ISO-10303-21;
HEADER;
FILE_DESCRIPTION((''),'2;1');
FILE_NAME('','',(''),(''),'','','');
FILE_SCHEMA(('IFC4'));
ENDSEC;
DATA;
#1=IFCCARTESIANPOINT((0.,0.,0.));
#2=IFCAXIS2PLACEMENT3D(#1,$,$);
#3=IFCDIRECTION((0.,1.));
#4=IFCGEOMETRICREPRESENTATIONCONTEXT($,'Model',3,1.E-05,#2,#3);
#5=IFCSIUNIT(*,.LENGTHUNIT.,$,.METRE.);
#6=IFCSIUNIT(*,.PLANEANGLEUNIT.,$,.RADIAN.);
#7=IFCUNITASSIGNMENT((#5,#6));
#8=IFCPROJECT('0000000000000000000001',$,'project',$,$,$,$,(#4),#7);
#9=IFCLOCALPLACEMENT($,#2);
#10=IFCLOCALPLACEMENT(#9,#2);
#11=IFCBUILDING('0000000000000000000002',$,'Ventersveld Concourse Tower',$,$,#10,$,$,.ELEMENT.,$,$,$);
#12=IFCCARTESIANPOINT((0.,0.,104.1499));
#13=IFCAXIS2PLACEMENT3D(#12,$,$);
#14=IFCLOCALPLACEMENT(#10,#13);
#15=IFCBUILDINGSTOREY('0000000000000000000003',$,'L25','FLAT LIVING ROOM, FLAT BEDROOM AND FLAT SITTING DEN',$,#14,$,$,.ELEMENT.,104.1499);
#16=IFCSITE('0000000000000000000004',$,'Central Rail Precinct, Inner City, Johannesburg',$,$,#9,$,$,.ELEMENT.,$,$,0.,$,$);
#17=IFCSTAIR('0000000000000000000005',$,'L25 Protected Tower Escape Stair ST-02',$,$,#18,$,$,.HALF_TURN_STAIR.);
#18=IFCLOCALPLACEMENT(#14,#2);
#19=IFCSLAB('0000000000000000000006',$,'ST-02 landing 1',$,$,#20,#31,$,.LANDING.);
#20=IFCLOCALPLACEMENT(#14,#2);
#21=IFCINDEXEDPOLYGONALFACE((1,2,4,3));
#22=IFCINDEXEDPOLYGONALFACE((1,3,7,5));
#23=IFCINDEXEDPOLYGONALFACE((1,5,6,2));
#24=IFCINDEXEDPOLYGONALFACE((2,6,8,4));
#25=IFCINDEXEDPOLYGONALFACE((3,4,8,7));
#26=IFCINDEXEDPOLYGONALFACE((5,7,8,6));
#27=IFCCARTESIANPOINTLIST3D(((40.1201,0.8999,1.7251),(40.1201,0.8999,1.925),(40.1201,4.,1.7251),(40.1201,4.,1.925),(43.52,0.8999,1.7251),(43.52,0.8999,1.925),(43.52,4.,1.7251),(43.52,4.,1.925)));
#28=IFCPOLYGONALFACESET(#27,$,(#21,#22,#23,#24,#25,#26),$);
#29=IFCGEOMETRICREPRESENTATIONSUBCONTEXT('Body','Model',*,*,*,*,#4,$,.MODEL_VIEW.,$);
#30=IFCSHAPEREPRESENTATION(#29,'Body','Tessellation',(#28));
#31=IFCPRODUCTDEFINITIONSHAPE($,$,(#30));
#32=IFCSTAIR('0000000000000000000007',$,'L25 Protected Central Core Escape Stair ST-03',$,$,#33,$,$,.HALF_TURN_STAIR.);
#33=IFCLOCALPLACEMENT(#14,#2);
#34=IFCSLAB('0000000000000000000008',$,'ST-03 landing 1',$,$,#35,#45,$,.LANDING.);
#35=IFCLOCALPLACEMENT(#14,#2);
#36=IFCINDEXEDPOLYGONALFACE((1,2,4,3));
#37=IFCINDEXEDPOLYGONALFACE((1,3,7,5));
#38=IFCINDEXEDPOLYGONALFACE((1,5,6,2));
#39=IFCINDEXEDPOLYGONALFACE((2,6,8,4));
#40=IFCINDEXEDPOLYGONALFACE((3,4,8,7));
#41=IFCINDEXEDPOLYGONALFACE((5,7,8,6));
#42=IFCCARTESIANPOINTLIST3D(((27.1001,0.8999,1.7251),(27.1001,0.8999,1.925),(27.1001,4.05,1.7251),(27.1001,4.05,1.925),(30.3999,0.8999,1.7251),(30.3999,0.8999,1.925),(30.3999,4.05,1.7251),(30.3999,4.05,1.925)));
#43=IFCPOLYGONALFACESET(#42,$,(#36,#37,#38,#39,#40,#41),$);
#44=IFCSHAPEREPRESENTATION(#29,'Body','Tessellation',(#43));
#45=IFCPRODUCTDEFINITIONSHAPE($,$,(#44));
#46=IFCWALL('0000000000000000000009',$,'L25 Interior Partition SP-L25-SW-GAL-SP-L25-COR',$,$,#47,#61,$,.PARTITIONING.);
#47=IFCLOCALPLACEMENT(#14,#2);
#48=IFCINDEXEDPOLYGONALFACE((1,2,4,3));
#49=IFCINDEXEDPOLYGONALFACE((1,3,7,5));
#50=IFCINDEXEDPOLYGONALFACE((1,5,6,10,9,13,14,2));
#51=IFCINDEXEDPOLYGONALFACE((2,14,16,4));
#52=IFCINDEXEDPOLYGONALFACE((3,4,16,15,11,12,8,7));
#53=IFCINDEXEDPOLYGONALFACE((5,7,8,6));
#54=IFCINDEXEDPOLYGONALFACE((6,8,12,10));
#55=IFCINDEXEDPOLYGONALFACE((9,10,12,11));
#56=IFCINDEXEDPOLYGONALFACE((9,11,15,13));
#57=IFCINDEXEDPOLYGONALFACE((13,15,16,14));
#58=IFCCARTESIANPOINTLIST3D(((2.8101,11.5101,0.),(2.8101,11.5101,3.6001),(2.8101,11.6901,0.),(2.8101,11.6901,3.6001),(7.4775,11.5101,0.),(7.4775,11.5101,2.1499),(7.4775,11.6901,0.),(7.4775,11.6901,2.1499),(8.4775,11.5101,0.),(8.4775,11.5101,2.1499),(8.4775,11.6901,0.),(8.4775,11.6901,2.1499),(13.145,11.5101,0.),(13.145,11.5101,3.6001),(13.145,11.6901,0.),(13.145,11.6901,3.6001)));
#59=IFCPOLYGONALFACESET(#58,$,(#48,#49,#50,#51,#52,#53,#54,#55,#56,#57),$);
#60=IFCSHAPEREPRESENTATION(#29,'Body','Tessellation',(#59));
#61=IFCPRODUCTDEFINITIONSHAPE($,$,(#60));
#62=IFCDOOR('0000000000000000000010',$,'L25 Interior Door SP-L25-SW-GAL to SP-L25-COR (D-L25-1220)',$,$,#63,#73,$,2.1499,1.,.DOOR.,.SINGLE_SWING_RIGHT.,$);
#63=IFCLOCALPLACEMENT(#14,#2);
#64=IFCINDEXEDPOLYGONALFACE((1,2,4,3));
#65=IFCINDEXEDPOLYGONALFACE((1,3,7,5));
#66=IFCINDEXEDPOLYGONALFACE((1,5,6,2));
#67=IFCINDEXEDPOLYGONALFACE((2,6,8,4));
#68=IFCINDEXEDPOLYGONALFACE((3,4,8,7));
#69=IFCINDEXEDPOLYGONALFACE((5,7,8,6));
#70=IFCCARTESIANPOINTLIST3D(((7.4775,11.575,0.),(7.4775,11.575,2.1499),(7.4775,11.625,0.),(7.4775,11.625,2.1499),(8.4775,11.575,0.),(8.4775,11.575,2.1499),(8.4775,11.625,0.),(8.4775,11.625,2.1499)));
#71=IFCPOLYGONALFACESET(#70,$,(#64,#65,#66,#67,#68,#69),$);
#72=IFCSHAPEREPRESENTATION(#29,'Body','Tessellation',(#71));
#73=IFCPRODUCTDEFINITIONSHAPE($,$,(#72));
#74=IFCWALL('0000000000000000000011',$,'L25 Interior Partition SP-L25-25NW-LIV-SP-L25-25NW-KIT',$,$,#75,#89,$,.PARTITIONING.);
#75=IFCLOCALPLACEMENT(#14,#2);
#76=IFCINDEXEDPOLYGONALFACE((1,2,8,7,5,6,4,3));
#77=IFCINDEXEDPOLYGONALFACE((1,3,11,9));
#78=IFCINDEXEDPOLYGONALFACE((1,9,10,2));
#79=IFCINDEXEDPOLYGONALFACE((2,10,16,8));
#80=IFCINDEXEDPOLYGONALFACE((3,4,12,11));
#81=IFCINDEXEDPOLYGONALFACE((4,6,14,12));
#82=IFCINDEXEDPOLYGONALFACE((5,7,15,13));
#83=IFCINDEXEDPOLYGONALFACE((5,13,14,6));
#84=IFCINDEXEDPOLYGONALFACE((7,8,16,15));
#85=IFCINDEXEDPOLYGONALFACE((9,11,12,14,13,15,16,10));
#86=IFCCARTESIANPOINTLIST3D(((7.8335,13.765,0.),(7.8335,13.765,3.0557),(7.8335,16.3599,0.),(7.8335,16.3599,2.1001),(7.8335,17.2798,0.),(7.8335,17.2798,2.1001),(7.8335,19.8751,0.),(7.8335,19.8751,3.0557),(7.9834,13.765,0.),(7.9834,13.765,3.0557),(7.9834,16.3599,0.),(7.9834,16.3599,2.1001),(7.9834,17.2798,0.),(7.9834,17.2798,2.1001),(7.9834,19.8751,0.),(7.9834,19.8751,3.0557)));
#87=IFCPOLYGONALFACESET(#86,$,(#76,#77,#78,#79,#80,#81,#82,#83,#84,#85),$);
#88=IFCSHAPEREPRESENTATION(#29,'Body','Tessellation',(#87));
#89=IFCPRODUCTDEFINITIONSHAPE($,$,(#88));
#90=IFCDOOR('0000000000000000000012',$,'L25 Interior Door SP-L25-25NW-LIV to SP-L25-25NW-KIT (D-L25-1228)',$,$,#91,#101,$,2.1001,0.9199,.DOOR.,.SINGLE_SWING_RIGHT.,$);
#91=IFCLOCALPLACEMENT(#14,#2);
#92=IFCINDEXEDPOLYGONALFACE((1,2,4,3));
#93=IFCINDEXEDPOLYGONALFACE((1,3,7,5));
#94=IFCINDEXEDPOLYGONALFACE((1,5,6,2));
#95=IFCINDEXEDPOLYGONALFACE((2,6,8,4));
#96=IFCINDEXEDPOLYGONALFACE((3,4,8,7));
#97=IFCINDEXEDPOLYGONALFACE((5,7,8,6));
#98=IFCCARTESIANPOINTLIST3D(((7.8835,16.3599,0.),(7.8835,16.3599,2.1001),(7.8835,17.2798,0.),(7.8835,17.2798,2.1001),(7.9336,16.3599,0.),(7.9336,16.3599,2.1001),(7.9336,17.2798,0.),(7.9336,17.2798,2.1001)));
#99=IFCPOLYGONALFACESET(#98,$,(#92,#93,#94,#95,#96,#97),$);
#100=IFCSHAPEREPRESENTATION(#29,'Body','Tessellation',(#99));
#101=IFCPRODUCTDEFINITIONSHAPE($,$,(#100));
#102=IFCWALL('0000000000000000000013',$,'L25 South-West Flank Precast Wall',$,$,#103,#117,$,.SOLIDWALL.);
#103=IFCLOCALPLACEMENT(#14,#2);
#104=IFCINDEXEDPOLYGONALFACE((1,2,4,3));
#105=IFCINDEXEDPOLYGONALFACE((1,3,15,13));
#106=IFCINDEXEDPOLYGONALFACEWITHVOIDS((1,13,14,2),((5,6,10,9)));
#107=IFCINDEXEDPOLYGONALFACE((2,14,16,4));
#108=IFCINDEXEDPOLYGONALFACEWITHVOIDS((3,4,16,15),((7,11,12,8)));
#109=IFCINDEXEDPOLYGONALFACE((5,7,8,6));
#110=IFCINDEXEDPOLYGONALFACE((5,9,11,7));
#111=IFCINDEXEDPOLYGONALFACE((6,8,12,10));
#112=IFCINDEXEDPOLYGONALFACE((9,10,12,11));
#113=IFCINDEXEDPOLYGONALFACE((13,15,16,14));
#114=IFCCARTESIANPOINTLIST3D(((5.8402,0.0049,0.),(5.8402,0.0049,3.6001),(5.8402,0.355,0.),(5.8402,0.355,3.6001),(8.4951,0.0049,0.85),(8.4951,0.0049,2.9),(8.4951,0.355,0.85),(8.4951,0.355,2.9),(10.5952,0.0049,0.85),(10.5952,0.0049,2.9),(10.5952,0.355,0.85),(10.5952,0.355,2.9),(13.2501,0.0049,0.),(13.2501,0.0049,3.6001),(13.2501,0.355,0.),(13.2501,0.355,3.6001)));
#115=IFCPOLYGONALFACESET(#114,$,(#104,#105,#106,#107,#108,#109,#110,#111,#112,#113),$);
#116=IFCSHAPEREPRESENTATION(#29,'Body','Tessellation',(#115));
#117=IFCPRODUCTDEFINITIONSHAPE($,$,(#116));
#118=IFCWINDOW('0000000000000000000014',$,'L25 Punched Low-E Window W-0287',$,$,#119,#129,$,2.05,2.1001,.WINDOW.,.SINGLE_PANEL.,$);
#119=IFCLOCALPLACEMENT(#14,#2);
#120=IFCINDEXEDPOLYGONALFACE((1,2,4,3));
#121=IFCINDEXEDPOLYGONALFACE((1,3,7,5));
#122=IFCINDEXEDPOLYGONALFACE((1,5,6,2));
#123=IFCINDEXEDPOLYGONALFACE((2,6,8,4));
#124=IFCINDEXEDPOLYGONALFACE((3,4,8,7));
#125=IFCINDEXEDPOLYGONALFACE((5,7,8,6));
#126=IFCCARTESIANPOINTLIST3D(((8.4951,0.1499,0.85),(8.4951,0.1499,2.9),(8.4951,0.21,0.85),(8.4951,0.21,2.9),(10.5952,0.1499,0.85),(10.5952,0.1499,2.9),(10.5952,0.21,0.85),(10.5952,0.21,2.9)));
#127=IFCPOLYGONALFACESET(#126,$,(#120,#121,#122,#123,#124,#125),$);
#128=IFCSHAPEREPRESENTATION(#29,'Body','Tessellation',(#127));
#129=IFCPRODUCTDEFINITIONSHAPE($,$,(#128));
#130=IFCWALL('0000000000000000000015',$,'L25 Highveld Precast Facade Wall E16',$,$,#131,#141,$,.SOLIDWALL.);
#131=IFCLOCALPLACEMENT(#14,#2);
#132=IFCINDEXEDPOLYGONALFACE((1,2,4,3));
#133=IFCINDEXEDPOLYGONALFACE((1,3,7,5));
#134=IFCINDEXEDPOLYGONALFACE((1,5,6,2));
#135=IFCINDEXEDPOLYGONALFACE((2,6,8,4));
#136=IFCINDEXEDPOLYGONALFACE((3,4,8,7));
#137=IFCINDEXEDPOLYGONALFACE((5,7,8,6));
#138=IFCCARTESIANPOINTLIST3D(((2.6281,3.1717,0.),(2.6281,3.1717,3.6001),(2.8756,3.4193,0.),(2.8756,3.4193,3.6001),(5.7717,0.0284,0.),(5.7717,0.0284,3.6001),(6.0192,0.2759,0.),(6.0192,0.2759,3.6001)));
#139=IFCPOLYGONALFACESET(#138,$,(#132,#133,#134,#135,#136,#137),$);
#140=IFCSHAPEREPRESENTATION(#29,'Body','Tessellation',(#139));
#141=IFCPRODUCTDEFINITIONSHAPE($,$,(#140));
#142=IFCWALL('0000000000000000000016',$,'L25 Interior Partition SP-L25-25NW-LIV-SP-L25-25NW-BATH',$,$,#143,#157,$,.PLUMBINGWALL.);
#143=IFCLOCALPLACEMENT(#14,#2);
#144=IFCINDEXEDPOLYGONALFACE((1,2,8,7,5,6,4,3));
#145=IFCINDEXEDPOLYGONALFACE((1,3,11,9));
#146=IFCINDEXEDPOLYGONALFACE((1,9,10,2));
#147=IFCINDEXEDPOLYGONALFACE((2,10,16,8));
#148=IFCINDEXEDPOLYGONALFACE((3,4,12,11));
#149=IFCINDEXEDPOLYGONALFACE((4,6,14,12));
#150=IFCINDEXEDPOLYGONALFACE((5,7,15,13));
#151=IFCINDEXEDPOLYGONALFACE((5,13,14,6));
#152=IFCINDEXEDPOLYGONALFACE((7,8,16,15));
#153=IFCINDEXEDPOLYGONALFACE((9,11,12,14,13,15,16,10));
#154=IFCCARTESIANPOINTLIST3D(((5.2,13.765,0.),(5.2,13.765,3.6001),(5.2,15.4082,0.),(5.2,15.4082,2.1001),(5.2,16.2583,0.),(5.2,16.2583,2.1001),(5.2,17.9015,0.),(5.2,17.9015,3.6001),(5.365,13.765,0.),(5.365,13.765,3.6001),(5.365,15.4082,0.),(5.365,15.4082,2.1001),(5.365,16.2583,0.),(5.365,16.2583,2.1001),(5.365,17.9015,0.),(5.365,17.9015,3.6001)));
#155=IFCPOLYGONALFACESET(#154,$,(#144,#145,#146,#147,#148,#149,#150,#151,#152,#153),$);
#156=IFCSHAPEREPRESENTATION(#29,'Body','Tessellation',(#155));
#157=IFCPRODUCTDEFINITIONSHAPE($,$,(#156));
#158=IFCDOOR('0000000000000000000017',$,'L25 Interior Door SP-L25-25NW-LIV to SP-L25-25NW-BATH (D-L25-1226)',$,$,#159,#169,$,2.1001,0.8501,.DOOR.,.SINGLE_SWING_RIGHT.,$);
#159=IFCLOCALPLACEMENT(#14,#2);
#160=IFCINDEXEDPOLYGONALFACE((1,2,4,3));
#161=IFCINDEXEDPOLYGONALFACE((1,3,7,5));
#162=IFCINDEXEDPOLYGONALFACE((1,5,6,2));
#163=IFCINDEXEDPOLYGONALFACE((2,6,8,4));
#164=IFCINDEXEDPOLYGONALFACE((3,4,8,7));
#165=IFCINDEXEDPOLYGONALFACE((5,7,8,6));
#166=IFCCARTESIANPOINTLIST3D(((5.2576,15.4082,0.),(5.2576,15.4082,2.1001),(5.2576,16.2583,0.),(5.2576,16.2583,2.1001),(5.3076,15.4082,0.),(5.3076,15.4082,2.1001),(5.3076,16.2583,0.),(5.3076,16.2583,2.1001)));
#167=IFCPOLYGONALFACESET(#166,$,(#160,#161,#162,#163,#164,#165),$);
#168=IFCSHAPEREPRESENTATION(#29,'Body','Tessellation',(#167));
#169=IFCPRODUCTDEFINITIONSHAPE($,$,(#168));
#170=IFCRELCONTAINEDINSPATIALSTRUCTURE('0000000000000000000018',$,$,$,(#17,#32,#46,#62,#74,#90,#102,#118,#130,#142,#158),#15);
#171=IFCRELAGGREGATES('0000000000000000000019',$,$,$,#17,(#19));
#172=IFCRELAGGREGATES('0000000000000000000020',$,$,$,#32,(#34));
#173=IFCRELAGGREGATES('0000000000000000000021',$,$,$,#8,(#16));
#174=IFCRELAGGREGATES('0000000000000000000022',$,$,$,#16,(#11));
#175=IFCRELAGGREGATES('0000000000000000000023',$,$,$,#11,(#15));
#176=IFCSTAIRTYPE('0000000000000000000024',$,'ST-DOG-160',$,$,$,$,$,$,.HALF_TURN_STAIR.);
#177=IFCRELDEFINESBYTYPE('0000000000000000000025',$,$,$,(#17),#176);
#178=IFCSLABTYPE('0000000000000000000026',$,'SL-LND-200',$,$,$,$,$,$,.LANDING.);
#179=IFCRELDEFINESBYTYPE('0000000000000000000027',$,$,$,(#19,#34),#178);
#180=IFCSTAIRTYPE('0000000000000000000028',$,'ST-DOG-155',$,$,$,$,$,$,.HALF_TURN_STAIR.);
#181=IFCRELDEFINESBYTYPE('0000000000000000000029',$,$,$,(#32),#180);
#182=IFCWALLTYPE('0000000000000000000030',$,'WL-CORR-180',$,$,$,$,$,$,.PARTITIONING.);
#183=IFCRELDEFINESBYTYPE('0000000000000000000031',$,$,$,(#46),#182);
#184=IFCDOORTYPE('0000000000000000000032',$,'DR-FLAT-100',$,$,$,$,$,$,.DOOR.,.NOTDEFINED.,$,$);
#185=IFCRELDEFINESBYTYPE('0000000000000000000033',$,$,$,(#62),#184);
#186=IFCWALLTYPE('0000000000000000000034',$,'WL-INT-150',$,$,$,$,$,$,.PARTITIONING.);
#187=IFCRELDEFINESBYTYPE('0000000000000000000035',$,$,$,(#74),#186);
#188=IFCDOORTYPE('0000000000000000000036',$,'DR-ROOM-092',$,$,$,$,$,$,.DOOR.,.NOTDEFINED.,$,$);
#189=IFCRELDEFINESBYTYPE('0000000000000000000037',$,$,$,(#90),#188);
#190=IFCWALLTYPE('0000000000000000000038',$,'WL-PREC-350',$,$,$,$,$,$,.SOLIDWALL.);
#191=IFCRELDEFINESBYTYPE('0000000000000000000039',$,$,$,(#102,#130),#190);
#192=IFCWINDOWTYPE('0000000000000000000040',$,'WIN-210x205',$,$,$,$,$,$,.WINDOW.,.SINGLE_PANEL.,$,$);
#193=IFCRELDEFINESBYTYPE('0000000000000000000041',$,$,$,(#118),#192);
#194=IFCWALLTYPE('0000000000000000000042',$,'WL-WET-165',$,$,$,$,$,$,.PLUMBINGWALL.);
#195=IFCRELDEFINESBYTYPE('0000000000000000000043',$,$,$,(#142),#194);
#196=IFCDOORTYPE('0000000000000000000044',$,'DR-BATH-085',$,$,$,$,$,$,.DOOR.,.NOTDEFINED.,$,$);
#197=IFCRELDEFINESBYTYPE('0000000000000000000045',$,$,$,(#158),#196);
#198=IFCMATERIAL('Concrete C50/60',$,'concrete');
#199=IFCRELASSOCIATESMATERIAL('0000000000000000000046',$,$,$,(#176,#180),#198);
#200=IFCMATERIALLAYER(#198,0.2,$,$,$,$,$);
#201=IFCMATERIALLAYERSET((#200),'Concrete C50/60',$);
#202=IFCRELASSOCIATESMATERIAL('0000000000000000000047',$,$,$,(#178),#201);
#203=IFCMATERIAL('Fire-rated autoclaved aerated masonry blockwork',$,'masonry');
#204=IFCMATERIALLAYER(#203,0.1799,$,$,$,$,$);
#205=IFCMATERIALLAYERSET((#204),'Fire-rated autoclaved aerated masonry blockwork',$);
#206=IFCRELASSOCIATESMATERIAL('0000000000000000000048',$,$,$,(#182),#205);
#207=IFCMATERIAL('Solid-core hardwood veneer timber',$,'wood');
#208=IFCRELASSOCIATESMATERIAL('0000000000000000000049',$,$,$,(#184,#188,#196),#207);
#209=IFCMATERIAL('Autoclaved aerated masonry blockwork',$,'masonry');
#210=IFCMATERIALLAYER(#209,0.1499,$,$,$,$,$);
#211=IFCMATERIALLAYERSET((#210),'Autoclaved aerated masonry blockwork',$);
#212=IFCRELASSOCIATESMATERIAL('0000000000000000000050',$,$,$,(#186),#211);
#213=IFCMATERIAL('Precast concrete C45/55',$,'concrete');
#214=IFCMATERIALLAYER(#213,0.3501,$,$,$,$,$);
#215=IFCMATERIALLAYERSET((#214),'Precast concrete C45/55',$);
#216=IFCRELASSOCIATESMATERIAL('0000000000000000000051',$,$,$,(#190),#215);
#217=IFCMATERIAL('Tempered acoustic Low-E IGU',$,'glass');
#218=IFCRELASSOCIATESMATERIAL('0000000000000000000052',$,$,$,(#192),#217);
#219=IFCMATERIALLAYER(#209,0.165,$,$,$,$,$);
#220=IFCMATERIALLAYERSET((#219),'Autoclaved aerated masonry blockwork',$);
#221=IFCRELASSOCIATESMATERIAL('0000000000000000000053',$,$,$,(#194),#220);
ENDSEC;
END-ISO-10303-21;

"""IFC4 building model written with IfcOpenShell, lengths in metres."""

from ifc_helpers import new_model, si_unit, direction, frame, frame_2d, origin, place, context, subcontext, project, spatial, polyline, rectangle, outline, extrude, material, layer, layer_set, type_object, element, fill, aggregate, save


model = new_model("IFC4")

# Units and contexts
model_context = context("Model", 3, precision=1e-05, world=origin(), true_north=direction((0.0, 1.0)))
body_context = subcontext(model_context, "Body", "Model", "MODEL_VIEW")
ifc_project = project(units=[si_unit("LENGTHUNIT", "METRE"), si_unit("PLANEANGLEUNIT", "RADIAN")], contexts=[model_context])

# Site, building, storey
site_placement = place(None, origin())
site = spatial("IfcSite", under=ifc_project, at=site_placement, Name="Central Rail Precinct, Inner City, Johannesburg", CompositionType="ELEMENT", RefElevation=0.0)
building_placement = place(site_placement, origin())
building = spatial("IfcBuilding", under=site, at=building_placement, Name="Ventersveld Concourse Tower", CompositionType="ELEMENT")
storey_placement = place(building_placement, frame((0.0, 0.0, 104.1499)))
storey = spatial("IfcBuildingStorey", under=building, at=storey_placement, Name="L25", Description="FLAT LIVING ROOM, FLAT BEDROOM AND FLAT SITTING DEN", CompositionType="ELEMENT", Elevation=104.1499)

# Shared definitions
ifc_material_1 = material(Name="Concrete C50/60", Category="concrete")

# Stairs, slabs
stair_type_1 = type_object("IfcStairType", Name="ST-DOG-160", PredefinedType="HALF_TURN_STAIR", material=ifc_material_1)
ifc_layer_1 = layer(ifc_material_1, 0.2)
ifc_layer_set_1 = layer_set([ifc_layer_1], Name="Concrete C50/60")
slab_type_1 = type_object("IfcSlabType", Name="SL-LND-200", PredefinedType="LANDING", material=ifc_layer_set_1)
stair_1_placement = place(storey_placement, origin())
stair_1 = element("IfcStair", 1, at=stair_1_placement, inside=storey, type_object=stair_type_1, Name="L25 Protected Tower Escape Stair ST-02", PredefinedType="HALF_TURN_STAIR")
slab_1_placement = place(storey_placement, frame((0.0, 0.0, 1.7251)))
slab_1 = element("IfcSlab", 2, at=slab_1_placement, type_object=slab_type_1, Name="ST-02 landing 1", PredefinedType="LANDING", context=body_context, shape_type="SweptSolid", body=[
    extrude(outline(polyline([(40.1201, 4.0), (40.1201, 0.8999), (43.52, 0.8999), (43.52, 4.0), (40.1201, 4.0)])), origin(), (0.0, 0.0, 1.0), 0.2),
])
aggregate(stair_1, [slab_1])
stair_type_2 = type_object("IfcStairType", Name="ST-DOG-155", PredefinedType="HALF_TURN_STAIR", material=ifc_material_1)
stair_2_placement = place(storey_placement, origin())
stair_2 = element("IfcStair", 3, at=stair_2_placement, inside=storey, type_object=stair_type_2, Name="L25 Protected Central Core Escape Stair ST-03", PredefinedType="HALF_TURN_STAIR")
slab_2_placement = place(storey_placement, frame((0.0, 0.0, 1.7251)))
slab_2 = element("IfcSlab", 4, at=slab_2_placement, type_object=slab_type_1, Name="ST-03 landing 1", PredefinedType="LANDING", context=body_context, shape_type="SweptSolid", body=[
    extrude(outline(polyline([(27.1001, 4.05), (27.1001, 0.8999), (30.3999, 0.8999), (30.3999, 4.05), (27.1001, 4.05)])), origin(), (0.0, 0.0, 1.0), 0.2),
])
aggregate(stair_2, [slab_2])

# Walls, openings, doors
ifc_material_2 = material(Name="Fire-rated autoclaved aerated masonry blockwork", Category="masonry")
ifc_layer_2 = layer(ifc_material_2, 0.1799)
ifc_layer_set_2 = layer_set([ifc_layer_2], Name="Fire-rated autoclaved aerated masonry blockwork")
wall_type_1 = type_object("IfcWallType", Name="WL-CORR-180", PredefinedType="PARTITIONING", material=ifc_layer_set_2)
wall_1_placement = place(storey_placement, frame((2.8101, 11.6001, 0.0), z_axis=(0.0, 0.0, 1.0), x_axis=(1.0, 0.0, 0.0)))
wall_1 = element("IfcWall", 5, at=wall_1_placement, inside=storey, type_object=wall_type_1, Name="L25 Interior Partition SP-L25-SW-GAL-SP-L25-COR", PredefinedType="PARTITIONING", context=body_context, shape_type="SweptSolid", body=[
    extrude(rectangle(XDim=10.335, YDim=0.1799, at=frame_2d((5.1675, 0.0))), origin(), (0.0, 0.0, 1.0), 3.6001),
])
opening_1_placement = place(wall_1_placement, frame((4.6675, 0.0, 0.0)))
opening_1 = element("IfcOpeningElement", 6, at=opening_1_placement, cuts=wall_1, PredefinedType="OPENING", context=body_context, shape_type="SweptSolid", body=[
    extrude(rectangle(XDim=1.0, YDim=2.1499, at=frame_2d((0.5, 1.075))), frame((0.0, 0.1001, 0.0), z_axis=(0.0, -1.0, 0.0), x_axis=(1.0, 0.0, 0.0)), (0.0, 0.0, 1.0), 0.2),
])
ifc_material_3 = material(Name="Solid-core hardwood veneer timber", Category="wood")
door_type_1 = type_object("IfcDoorType", Name="DR-FLAT-100", OperationType="NOTDEFINED", PredefinedType="DOOR", material=ifc_material_3)
door_1_placement = place(opening_1_placement, origin())
door_1 = element("IfcDoor", 7, at=door_1_placement, inside=storey, type_object=door_type_1, Name="L25 Interior Door SP-L25-SW-GAL to SP-L25-COR (D-L25-1220)", OperationType="SINGLE_SWING_RIGHT", OverallHeight=2.1499, OverallWidth=1.0, PredefinedType="DOOR", context=body_context, shape_type="SweptSolid", body=[
    extrude(rectangle(XDim=1.0, YDim=2.1499, at=frame_2d((0.5, 1.075))), frame((0.0, 0.0249, 0.0), z_axis=(0.0, -1.0, 0.0), x_axis=(1.0, 0.0, 0.0)), (0.0, 0.0, 1.0), 0.05),
])
fill(opening_1, door_1)
ifc_material_4 = material(Name="Autoclaved aerated masonry blockwork", Category="masonry")
ifc_layer_3 = layer(ifc_material_4, 0.1499)
ifc_layer_set_3 = layer_set([ifc_layer_3], Name="Autoclaved aerated masonry blockwork")
wall_type_2 = type_object("IfcWallType", Name="WL-INT-150", PredefinedType="PARTITIONING", material=ifc_layer_set_3)
wall_2_placement = place(storey_placement, frame((7.9084, 13.7649, 0.0), z_axis=(0.0, 0.0, 1.0), x_axis=(0.0, 1.0, 0.0)))
wall_2 = element("IfcWall", 8, at=wall_2_placement, inside=storey, type_object=wall_type_2, Name="L25 Interior Partition SP-L25-25NW-LIV-SP-L25-25NW-KIT", PredefinedType="PARTITIONING", context=body_context, shape_type="SweptSolid", body=[
    extrude(rectangle(XDim=6.1101, YDim=0.1499, at=frame_2d((3.0552, 0.0))), origin(), (0.0, 0.0, 1.0), 3.0557),
])
opening_2_placement = place(wall_2_placement, frame((2.595, 0.0, 0.0)))
opening_2 = element("IfcOpeningElement", 9, at=opening_2_placement, cuts=wall_2, PredefinedType="OPENING", context=body_context, shape_type="SweptSolid", body=[
    extrude(rectangle(XDim=0.9199, YDim=2.1001, at=frame_2d((0.46, 1.05))), frame((0.0, 0.085, 0.0), z_axis=(0.0, -1.0, 0.0), x_axis=(1.0, 0.0, 0.0)), (0.0, 0.0, 1.0), 0.1699),
])
door_type_2 = type_object("IfcDoorType", Name="DR-ROOM-092", OperationType="NOTDEFINED", PredefinedType="DOOR", material=ifc_material_3)
door_2_placement = place(opening_2_placement, origin())
door_2 = element("IfcDoor", 10, at=door_2_placement, inside=storey, type_object=door_type_2, Name="L25 Interior Door SP-L25-25NW-LIV to SP-L25-25NW-KIT (D-L25-1228)", OperationType="SINGLE_SWING_RIGHT", OverallHeight=2.1001, OverallWidth=0.9199, PredefinedType="DOOR", context=body_context, shape_type="SweptSolid", body=[
    extrude(rectangle(XDim=0.9199, YDim=2.1001, at=frame_2d((0.46, 1.05))), frame((0.0, 0.0249, 0.0), z_axis=(0.0, -1.0, 0.0), x_axis=(1.0, 0.0, 0.0)), (0.0, 0.0, 1.0), 0.05),
])
fill(opening_2, door_2)

# Wall, opening, window
ifc_material_5 = material(Name="Precast concrete C45/55", Category="concrete")
ifc_layer_4 = layer(ifc_material_5, 0.3501)
ifc_layer_set_4 = layer_set([ifc_layer_4], Name="Precast concrete C45/55")
wall_type_3 = type_object("IfcWallType", Name="WL-PREC-350", PredefinedType="SOLIDWALL", material=ifc_layer_set_4)
wall_3_placement = place(storey_placement, frame((5.8401, 0.1799, 0.0), z_axis=(0.0, 0.0, 1.0), x_axis=(1.0, 0.0, 0.0)))
wall_3 = element("IfcWall", 11, at=wall_3_placement, inside=storey, type_object=wall_type_3, Name="L25 South-West Flank Precast Wall", PredefinedType="SOLIDWALL", context=body_context, shape_type="SweptSolid", body=[
    extrude(rectangle(XDim=7.4099, YDim=0.3501, at=frame_2d((3.7051, 0.0))), origin(), (0.0, 0.0, 1.0), 3.6001),
])
opening_3_placement = place(wall_3_placement, frame((2.655, 0.0, 0.8501)))
opening_3 = element("IfcOpeningElement", 12, at=opening_3_placement, cuts=wall_3, PredefinedType="OPENING", context=body_context, shape_type="SweptSolid", body=[
    extrude(rectangle(XDim=2.1001, YDim=2.05, at=frame_2d((1.05, 1.0249))), frame((0.0, 0.1851, 0.0), z_axis=(0.0, -1.0, 0.0), x_axis=(1.0, 0.0, 0.0)), (0.0, 0.0, 1.0), 0.3701),
])
ifc_material_6 = material(Name="Tempered acoustic Low-E IGU", Category="glass")
window_type = type_object("IfcWindowType", Name="WIN-210x205", PartitioningType="SINGLE_PANEL", PredefinedType="WINDOW", material=ifc_material_6)
window_placement = place(opening_3_placement, origin())
window = element("IfcWindow", 13, at=window_placement, inside=storey, type_object=window_type, Name="L25 Punched Low-E Window W-0287", OverallHeight=2.05, OverallWidth=2.1001, PartitioningType="SINGLE_PANEL", PredefinedType="WINDOW", context=body_context, shape_type="SweptSolid", body=[
    extrude(rectangle(XDim=2.1001, YDim=2.05, at=frame_2d((1.05, 1.0249))), frame((0.0, 0.03, 0.0), z_axis=(0.0, -1.0, 0.0), x_axis=(1.0, 0.0, 0.0)), (0.0, 0.0, 1.0), 0.0601),
])
fill(opening_3, window)

# Wall
wall_4_placement = place(storey_placement, frame((2.752, 3.2954, 0.0), z_axis=(0.0, 0.0, 1.0), x_axis=(0.707134, -0.707079, 0.0)))
element("IfcWall", 14, at=wall_4_placement, inside=storey, type_object=wall_type_3, Name="L25 Highveld Precast Facade Wall E16", PredefinedType="SOLIDWALL", context=body_context, shape_type="SweptSolid", body=[
    extrude(rectangle(XDim=4.4456, YDim=0.3501, at=frame_2d((2.2227, 0.0))), origin(), (0.0, 0.0, 1.0), 3.6001),
])

# Wall, opening, door
ifc_layer_5 = layer(ifc_material_4, 0.165)
ifc_layer_set_5 = layer_set([ifc_layer_5], Name="Autoclaved aerated masonry blockwork")
wall_type_4 = type_object("IfcWallType", Name="WL-WET-165", PredefinedType="PLUMBINGWALL", material=ifc_layer_set_5)
wall_5_placement = place(storey_placement, frame((5.2825, 13.7649, 0.0), z_axis=(0.0, 0.0, 1.0), x_axis=(0.0, 1.0, 0.0)))
wall_5 = element("IfcWall", 15, at=wall_5_placement, inside=storey, type_object=wall_type_4, Name="L25 Interior Partition SP-L25-25NW-LIV-SP-L25-25NW-BATH", PredefinedType="PLUMBINGWALL", context=body_context, shape_type="SweptSolid", body=[
    extrude(rectangle(XDim=4.1365, YDim=0.165, at=frame_2d((2.0684, 0.0))), origin(), (0.0, 0.0, 1.0), 3.6001),
])
opening_4_placement = place(wall_5_placement, frame((1.6433, 0.0, 0.0)))
opening_4 = element("IfcOpeningElement", 16, at=opening_4_placement, cuts=wall_5, PredefinedType="OPENING", context=body_context, shape_type="SweptSolid", body=[
    extrude(rectangle(XDim=0.8501, YDim=2.1001, at=frame_2d((0.425, 1.05))), frame((0.0, 0.0925, 0.0), z_axis=(0.0, -1.0, 0.0), x_axis=(1.0, 0.0, 0.0)), (0.0, 0.0, 1.0), 0.1851),
])
door_type_3 = type_object("IfcDoorType", Name="DR-BATH-085", OperationType="NOTDEFINED", PredefinedType="DOOR", material=ifc_material_3)
door_3_placement = place(opening_4_placement, origin())
door_3 = element("IfcDoor", 17, at=door_3_placement, inside=storey, type_object=door_type_3, Name="L25 Interior Door SP-L25-25NW-LIV to SP-L25-25NW-BATH (D-L25-1226)", OperationType="SINGLE_SWING_RIGHT", OverallHeight=2.1001, OverallWidth=0.8501, PredefinedType="DOOR", context=body_context, shape_type="SweptSolid", body=[
    extrude(rectangle(XDim=0.8501, YDim=2.1001, at=frame_2d((0.425, 1.05))), frame((0.0, 0.0249, 0.0), z_axis=(0.0, -1.0, 0.0), x_axis=(1.0, 0.0, 0.0)), (0.0, 0.0, 1.0), 0.05),
])
fill(opening_4, door_3)

save(model, "model.ifc")
